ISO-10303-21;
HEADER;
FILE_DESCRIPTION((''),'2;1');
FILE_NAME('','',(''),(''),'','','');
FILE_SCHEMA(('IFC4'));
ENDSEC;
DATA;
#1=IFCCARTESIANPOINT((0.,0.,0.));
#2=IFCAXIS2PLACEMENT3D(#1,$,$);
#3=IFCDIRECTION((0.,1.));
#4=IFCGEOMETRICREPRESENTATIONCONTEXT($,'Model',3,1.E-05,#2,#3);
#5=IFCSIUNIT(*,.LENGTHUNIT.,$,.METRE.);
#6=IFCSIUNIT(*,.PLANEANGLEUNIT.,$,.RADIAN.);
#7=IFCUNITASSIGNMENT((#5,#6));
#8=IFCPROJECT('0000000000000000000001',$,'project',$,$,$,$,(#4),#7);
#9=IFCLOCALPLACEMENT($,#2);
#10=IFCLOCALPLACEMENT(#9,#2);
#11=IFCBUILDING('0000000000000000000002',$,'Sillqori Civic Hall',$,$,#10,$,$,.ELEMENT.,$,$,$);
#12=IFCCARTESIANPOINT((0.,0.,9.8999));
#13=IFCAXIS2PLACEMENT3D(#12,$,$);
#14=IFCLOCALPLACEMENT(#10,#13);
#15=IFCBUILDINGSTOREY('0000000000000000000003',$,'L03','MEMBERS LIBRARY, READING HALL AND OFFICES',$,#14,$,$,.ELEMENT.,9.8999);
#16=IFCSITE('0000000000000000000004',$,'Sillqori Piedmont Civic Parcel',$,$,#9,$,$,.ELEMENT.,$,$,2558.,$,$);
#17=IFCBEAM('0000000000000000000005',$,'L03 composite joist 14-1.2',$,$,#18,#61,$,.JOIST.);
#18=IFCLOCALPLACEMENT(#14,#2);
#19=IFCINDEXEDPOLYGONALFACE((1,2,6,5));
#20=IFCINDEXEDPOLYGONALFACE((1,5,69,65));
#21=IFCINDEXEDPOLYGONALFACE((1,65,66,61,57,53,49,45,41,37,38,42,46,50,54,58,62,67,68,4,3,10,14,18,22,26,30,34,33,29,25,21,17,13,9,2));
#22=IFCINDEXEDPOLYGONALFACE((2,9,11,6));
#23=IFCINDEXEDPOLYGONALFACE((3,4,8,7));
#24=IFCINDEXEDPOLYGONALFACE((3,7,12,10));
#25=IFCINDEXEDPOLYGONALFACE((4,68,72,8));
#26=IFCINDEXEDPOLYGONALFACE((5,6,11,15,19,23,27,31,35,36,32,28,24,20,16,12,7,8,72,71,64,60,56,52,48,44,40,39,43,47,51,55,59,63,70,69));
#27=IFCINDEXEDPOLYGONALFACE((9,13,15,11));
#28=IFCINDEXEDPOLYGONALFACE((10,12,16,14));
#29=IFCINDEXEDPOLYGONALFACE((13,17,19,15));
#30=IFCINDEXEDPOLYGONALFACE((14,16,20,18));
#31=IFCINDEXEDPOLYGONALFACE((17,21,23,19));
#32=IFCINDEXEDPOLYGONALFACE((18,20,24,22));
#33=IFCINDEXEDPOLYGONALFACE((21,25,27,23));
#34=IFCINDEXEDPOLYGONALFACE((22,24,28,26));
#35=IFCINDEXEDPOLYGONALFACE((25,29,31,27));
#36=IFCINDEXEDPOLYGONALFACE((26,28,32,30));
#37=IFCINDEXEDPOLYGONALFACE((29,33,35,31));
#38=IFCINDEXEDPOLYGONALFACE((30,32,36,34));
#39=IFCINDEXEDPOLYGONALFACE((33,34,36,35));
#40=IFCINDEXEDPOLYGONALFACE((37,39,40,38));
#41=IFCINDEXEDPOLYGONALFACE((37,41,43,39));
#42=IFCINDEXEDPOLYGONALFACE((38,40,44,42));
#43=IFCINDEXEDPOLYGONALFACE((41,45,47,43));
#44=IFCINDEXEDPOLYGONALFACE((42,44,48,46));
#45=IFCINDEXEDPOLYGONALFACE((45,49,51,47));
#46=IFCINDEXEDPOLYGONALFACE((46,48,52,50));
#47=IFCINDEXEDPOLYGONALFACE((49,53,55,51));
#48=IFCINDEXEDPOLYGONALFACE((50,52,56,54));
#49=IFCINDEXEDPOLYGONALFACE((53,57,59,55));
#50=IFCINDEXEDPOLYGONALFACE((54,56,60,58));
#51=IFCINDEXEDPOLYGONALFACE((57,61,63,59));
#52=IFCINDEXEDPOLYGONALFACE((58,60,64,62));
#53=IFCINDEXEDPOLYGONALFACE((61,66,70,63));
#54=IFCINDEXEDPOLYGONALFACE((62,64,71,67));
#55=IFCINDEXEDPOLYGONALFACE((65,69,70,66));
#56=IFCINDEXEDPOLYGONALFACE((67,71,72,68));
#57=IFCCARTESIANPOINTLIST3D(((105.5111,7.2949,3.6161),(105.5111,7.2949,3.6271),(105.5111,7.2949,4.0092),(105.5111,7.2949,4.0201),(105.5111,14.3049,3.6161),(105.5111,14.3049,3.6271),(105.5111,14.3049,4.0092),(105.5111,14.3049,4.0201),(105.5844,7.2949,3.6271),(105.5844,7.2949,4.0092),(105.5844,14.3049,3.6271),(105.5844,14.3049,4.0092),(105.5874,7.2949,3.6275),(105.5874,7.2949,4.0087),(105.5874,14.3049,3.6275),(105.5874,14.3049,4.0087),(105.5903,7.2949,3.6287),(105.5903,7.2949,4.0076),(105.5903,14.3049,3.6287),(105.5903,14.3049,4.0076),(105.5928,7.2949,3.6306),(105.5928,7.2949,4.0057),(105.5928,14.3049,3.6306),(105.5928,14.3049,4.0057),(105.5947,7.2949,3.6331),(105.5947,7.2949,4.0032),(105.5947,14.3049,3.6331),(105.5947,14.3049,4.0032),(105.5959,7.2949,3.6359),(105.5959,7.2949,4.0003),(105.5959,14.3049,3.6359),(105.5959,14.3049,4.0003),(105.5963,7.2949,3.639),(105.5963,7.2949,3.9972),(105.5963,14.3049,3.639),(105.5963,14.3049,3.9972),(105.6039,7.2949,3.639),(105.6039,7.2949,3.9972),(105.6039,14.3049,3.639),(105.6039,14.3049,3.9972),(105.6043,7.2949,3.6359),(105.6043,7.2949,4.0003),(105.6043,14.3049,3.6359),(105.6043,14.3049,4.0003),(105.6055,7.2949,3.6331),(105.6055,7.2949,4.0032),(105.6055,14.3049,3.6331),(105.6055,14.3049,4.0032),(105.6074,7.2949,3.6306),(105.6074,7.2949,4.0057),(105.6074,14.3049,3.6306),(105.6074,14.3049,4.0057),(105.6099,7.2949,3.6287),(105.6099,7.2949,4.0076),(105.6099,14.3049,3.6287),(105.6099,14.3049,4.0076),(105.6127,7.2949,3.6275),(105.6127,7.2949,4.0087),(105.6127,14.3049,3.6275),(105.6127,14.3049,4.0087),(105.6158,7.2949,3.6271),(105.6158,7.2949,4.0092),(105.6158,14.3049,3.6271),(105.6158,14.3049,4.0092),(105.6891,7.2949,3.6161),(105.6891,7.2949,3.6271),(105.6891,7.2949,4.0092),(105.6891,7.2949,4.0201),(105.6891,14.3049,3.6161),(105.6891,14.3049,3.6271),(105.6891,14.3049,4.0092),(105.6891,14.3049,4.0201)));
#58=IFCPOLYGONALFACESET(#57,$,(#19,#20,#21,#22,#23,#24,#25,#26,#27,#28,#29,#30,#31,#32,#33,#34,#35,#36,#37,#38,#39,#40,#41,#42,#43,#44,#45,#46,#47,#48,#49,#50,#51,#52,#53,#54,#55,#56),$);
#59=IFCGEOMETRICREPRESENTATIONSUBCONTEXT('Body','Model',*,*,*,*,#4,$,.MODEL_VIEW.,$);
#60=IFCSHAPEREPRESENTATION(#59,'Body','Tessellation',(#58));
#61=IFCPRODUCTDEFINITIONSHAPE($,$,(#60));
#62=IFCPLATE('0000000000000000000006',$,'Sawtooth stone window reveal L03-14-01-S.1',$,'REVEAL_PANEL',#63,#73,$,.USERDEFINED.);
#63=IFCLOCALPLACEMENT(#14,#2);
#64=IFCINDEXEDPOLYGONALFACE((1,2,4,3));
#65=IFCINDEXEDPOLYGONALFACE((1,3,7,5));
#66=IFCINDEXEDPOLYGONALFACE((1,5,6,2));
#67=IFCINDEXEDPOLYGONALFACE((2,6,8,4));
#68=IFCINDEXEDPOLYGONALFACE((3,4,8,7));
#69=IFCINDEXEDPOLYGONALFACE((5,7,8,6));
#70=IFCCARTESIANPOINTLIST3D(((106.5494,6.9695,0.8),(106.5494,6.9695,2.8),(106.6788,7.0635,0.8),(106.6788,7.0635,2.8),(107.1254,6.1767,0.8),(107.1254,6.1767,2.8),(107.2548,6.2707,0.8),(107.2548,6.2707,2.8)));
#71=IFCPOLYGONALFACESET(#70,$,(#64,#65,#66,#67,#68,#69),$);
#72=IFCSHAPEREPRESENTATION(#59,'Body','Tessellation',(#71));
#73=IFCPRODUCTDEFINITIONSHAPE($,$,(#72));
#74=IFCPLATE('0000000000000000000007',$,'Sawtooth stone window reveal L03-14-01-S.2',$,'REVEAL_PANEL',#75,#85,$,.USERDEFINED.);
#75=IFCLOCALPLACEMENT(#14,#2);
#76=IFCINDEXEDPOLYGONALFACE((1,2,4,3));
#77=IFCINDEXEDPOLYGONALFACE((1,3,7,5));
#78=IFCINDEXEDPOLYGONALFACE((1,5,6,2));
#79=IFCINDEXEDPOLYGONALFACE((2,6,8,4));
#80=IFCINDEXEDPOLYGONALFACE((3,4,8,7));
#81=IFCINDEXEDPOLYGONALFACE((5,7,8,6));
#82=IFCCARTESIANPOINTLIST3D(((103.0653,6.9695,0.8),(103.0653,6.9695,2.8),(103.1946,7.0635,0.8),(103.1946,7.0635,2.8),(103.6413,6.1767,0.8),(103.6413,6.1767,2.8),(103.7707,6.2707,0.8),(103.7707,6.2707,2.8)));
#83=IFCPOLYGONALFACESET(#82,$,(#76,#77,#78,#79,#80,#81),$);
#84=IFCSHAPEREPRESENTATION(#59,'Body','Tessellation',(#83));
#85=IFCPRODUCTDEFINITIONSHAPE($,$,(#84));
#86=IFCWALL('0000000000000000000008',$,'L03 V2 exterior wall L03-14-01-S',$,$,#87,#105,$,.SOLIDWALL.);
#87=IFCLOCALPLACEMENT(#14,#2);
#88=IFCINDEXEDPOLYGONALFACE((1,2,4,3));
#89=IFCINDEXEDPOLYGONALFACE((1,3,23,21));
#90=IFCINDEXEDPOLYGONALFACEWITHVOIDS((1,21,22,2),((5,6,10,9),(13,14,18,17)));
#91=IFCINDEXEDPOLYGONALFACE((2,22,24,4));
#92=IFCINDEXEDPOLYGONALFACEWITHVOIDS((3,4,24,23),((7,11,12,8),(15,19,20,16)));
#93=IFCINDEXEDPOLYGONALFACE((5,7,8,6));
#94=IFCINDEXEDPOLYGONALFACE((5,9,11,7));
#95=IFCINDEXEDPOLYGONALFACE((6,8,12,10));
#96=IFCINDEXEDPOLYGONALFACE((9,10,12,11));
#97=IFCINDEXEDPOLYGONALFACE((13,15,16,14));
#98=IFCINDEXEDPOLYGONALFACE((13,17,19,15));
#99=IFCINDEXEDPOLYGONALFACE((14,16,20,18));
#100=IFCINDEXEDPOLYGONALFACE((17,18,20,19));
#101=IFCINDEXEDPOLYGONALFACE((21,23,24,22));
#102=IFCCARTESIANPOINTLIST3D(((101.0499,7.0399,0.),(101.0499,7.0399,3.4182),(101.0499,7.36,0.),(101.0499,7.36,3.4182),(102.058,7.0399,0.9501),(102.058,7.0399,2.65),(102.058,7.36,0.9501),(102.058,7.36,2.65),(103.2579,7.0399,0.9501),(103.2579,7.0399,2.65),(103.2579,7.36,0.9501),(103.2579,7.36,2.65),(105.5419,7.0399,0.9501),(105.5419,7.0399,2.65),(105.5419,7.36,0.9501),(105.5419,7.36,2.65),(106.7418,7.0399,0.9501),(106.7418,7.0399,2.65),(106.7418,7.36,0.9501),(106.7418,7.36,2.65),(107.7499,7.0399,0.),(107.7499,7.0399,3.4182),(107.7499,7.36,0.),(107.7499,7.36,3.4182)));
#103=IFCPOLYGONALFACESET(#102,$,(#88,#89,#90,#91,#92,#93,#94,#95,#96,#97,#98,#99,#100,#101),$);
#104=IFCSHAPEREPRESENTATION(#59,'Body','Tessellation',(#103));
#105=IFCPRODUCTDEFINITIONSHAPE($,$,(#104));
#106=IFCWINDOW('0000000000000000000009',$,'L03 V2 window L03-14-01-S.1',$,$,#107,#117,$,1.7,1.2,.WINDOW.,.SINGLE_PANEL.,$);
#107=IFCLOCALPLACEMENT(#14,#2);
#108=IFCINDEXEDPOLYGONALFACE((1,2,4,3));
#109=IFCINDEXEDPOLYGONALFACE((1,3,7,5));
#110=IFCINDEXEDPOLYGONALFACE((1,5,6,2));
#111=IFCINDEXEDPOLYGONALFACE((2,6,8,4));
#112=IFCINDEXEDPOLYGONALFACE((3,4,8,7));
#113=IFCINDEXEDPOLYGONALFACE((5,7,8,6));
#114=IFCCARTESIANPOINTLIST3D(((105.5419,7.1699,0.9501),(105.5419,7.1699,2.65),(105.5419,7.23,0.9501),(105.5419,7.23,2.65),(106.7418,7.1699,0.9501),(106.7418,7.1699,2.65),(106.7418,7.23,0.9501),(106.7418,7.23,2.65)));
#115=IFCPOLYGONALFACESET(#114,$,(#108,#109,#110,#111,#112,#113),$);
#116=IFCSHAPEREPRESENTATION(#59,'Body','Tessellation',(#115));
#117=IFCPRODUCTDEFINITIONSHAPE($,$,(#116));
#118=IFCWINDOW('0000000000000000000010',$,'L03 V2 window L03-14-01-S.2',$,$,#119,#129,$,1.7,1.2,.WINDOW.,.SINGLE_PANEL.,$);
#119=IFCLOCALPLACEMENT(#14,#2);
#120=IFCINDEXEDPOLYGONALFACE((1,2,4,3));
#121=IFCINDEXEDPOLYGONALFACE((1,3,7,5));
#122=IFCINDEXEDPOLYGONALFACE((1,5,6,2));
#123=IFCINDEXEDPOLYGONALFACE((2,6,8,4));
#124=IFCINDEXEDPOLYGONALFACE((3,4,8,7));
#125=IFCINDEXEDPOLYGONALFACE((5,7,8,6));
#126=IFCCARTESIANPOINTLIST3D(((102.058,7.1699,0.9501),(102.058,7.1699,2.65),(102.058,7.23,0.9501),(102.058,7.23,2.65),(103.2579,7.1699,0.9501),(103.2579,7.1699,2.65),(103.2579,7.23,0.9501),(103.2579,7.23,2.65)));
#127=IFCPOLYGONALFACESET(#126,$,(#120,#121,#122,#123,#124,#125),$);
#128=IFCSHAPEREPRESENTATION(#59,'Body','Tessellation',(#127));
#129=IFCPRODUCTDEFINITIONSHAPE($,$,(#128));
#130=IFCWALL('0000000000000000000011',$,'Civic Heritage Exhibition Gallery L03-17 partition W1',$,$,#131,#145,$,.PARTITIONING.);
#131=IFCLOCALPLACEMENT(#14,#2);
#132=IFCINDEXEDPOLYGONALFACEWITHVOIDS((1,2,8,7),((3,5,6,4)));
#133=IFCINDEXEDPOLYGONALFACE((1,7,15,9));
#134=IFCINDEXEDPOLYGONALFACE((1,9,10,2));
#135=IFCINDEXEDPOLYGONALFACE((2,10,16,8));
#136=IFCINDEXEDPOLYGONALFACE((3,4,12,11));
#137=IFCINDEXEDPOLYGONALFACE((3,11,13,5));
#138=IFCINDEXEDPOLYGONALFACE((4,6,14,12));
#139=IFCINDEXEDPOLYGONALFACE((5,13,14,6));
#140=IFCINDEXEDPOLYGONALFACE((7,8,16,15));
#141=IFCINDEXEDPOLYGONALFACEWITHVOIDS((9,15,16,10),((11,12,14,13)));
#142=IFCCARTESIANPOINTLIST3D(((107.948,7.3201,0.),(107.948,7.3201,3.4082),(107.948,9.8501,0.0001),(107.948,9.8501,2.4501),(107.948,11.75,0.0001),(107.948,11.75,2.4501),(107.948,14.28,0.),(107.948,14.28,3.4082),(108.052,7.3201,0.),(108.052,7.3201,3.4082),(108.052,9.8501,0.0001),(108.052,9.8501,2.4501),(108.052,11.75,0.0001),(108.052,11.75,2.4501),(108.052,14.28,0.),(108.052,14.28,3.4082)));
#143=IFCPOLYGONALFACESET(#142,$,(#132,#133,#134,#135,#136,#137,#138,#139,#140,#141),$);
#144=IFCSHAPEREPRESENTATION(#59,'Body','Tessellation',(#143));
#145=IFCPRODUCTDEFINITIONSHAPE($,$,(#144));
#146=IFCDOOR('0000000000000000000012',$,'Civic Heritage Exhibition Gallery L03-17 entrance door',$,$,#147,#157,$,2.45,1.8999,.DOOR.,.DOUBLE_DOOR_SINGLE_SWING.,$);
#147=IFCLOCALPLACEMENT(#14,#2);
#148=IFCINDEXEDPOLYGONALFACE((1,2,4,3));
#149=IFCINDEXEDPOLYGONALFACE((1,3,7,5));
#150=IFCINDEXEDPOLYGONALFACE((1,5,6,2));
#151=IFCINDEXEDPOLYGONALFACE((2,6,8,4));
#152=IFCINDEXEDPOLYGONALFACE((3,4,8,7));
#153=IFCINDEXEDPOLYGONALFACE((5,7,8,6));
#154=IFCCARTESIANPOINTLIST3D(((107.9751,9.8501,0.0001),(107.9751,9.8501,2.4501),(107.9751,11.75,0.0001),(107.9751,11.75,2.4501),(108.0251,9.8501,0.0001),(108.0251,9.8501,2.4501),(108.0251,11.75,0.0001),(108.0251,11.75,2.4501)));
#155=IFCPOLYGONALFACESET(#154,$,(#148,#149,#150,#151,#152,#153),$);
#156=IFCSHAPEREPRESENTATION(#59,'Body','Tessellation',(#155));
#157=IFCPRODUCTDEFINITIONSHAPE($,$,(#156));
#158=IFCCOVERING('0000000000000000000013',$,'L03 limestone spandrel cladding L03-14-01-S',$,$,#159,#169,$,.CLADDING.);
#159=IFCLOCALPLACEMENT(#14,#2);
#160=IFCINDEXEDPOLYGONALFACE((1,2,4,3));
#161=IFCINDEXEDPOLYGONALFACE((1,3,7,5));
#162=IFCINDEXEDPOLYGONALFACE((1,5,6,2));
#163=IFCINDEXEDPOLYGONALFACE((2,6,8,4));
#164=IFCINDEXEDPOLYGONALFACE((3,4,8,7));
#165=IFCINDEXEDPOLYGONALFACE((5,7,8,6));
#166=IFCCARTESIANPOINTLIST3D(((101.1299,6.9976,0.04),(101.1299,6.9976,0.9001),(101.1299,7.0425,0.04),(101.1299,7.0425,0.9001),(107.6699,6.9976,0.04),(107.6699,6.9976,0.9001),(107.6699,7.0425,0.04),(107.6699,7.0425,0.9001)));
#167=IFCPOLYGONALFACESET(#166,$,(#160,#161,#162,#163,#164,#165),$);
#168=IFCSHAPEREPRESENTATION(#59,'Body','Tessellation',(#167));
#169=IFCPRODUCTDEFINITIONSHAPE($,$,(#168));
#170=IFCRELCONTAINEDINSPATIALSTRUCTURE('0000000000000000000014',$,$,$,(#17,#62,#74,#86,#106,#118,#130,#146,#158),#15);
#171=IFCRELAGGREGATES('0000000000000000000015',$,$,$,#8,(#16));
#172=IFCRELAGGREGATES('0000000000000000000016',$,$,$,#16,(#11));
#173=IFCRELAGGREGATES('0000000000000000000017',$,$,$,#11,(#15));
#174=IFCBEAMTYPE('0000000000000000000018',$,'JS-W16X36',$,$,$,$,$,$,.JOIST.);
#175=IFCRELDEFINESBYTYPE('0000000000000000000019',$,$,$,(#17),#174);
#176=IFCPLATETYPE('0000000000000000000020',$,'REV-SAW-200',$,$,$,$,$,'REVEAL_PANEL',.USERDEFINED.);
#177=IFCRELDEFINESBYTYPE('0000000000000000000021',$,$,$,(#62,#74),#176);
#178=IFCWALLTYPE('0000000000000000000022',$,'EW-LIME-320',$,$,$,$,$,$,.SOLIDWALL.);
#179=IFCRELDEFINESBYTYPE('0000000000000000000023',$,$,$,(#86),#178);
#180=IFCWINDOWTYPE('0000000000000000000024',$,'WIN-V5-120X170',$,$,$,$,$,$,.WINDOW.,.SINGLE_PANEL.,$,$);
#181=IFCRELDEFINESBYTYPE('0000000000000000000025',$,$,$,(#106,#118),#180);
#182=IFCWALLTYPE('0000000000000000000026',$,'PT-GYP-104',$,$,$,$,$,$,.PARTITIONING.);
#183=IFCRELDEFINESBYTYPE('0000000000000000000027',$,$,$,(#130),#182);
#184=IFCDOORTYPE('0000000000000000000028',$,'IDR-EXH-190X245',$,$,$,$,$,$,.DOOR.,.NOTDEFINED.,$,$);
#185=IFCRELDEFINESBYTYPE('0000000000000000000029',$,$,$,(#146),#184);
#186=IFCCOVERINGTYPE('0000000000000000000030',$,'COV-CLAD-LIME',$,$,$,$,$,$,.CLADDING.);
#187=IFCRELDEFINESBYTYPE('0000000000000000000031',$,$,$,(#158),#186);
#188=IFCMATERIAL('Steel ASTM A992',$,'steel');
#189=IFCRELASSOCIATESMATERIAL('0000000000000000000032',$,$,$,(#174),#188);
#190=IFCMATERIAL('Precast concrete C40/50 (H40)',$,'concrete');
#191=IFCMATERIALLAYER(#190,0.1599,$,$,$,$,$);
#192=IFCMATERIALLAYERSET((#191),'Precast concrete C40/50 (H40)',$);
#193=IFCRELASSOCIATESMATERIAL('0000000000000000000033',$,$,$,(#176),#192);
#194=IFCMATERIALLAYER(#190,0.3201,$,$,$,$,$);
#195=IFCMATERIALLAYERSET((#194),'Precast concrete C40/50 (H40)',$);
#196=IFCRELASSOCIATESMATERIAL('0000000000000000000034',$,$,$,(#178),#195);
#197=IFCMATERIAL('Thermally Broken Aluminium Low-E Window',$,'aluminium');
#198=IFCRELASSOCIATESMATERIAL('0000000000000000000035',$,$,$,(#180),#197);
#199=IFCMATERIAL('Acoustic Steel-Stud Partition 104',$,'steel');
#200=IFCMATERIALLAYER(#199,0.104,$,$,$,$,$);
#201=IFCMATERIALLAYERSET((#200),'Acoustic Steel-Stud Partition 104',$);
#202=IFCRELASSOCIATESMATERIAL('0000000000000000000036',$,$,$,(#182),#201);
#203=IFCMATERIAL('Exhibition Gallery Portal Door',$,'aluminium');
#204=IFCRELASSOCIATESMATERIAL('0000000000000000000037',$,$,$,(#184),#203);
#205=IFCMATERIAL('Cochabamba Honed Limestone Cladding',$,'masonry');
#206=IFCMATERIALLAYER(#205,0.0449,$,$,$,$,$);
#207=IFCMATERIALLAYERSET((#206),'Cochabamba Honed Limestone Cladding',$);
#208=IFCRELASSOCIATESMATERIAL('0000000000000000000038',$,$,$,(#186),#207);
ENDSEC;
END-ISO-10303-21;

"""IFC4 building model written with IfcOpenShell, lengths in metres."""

from ifc_helpers import new_model, si_unit, direction, frame, frame_2d, origin, origin_2d, place, context, subcontext, project, spatial, rectangle, i_section, extrude, material, layer, layer_set, material_profile, profile_set, type_object, element, fill, save


model = new_model("IFC4")

# Units and contexts
model_context = context("Model", 3, precision=1e-05, world=origin(), true_north=direction((0.0, 1.0)))
body_context = subcontext(model_context, "Body", "Model", "MODEL_VIEW")
ifc_project = project(units=[si_unit("LENGTHUNIT", "METRE"), si_unit("PLANEANGLEUNIT", "RADIAN")], contexts=[model_context])

# Site, building, storey
site_placement = place(None, origin())
site = spatial("IfcSite", under=ifc_project, at=site_placement, Name="Sillqori Piedmont Civic Parcel", CompositionType="ELEMENT", RefElevation=2558.0)
building_placement = place(site_placement, origin())
building = spatial("IfcBuilding", under=site, at=building_placement, Name="Sillqori Civic Hall", CompositionType="ELEMENT")
storey_placement = place(building_placement, frame((0.0, 0.0, 9.8999)))
storey = spatial("IfcBuildingStorey", under=building, at=storey_placement, Name="L03", Description="MEMBERS LIBRARY, READING HALL AND OFFICES", CompositionType="ELEMENT", Elevation=9.8999)

# Beam
ifc_material_1 = material(Name="Steel ASTM A992", Category="steel")
ifc_material_profile_1 = material_profile(ifc_material_1, i_section(OverallWidth=0.178, OverallDepth=0.4041, WebThickness=0.0076, FlangeThickness=0.011, FilletRadius=0.012, at=origin_2d()), Name="W16X36")
ifc_profile_set_1 = profile_set([ifc_material_profile_1], Name="Steel ASTM A992")
beam_type_1 = type_object("IfcBeamType", Name="JS-W16X36", PredefinedType="JOIST", material=ifc_profile_set_1)
for number, where, z_axis, x_axis, name in (
    (1, (105.6001, 7.2949, 3.8181), (0.0, 1.0, 0.0), (-1.0, 0.0, 0.0), "L03 composite joist 14-1.2"),
):
    element("IfcBeam", number, at=place(storey_placement, frame(where, z_axis=z_axis, x_axis=x_axis)), inside=storey, type_object=beam_type_1, Name=name, PredefinedType="JOIST", context=body_context, shape_type="SweptSolid", body=[
        extrude(i_section(OverallWidth=0.178, OverallDepth=0.4041, WebThickness=0.0076, FlangeThickness=0.011, FilletRadius=0.012, at=origin_2d()), origin(), (0.0, 0.0, 1.0), 7.01),
    ])

# Plates
ifc_material_2 = material(Name="Precast concrete C40/50 (H40)", Category="concrete")
ifc_layer_1 = layer(ifc_material_2, 0.1599)
ifc_layer_set_1 = layer_set([ifc_layer_1], Name="Precast concrete C40/50 (H40)")
plate_type = type_object("IfcPlateType", Name="REV-SAW-200", ElementType="REVEAL_PANEL", PredefinedType="USERDEFINED", material=ifc_layer_set_1)
for number, where, z_axis, x_axis, name in (
    (2, (106.9021, 6.6201, 0.8), (0.0, 0.0, 1.0), (-0.809017, -0.587785, 0.0), "Sawtooth stone window reveal L03-14-01-S.1"),
    (3, (103.418, 6.6201, 0.8), (0.0, 0.0, 1.0), (-0.809017, -0.587785, 0.0), "Sawtooth stone window reveal L03-14-01-S.2"),
):
    element("IfcPlate", number, at=place(storey_placement, frame(where, z_axis=z_axis, x_axis=x_axis)), inside=storey, type_object=plate_type, Name=name, ObjectType="REVEAL_PANEL", PredefinedType="USERDEFINED", context=body_context, shape_type="SweptSolid", body=[
        extrude(rectangle(XDim=0.1599, YDim=0.98, at=origin_2d()), origin(), (0.0, 0.0, 1.0), 2.0),
    ])

# Wall, openings, windows
ifc_layer_2 = layer(ifc_material_2, 0.3201)
ifc_layer_set_2 = layer_set([ifc_layer_2], Name="Precast concrete C40/50 (H40)")
wall_type_1 = type_object("IfcWallType", Name="EW-LIME-320", PredefinedType="SOLIDWALL", material=ifc_layer_set_2)
wall_1_placement = place(storey_placement, frame((107.75, 7.2, 0.0), z_axis=(0.0, 0.0, 1.0), x_axis=(-1.0, 0.0, 0.0)))
wall_1 = element("IfcWall", 4, at=wall_1_placement, inside=storey, type_object=wall_type_1, Name="L03 V2 exterior wall L03-14-01-S", PredefinedType="SOLIDWALL", context=body_context, shape_type="SweptSolid", body=[
    extrude(rectangle(XDim=6.7, YDim=0.3201, at=frame_2d((3.3501, 0.0))), origin(), (0.0, 0.0, 1.0), 3.4182),
])
opening_1_placement = place(wall_1_placement, frame((1.0081, 0.0, 0.95)))
opening_1 = element("IfcOpeningElement", 5, at=opening_1_placement, cuts=wall_1, PredefinedType="OPENING", context=body_context, shape_type="SweptSolid", body=[
    extrude(rectangle(XDim=1.2, YDim=1.7, at=frame_2d((0.6001, 0.8501))), frame((0.0, 0.1699, 0.0), z_axis=(0.0, -1.0, 0.0), x_axis=(1.0, 0.0, 0.0)), (0.0, 0.0, 1.0), 0.3401),
])
opening_2_placement = place(wall_1_placement, frame((4.4919, 0.0, 0.95)))
opening_2 = element("IfcOpeningElement", 6, at=opening_2_placement, cuts=wall_1, PredefinedType="OPENING", context=body_context, shape_type="SweptSolid", body=[
    extrude(rectangle(XDim=1.2, YDim=1.7, at=frame_2d((0.6001, 0.8501))), frame((0.0, 0.1699, 0.0), z_axis=(0.0, -1.0, 0.0), x_axis=(1.0, 0.0, 0.0)), (0.0, 0.0, 1.0), 0.3401),
])
ifc_material_3 = material(Name="Thermally Broken Aluminium Low-E Window", Category="aluminium")
window_type = type_object("IfcWindowType", Name="WIN-V5-120X170", PartitioningType="SINGLE_PANEL", PredefinedType="WINDOW", material=ifc_material_3)
window_1_placement = place(opening_1_placement, origin())
window_1 = element("IfcWindow", 7, at=window_1_placement, inside=storey, type_object=window_type, Name="L03 V2 window L03-14-01-S.1", OverallHeight=1.7, OverallWidth=1.2, PartitioningType="SINGLE_PANEL", PredefinedType="WINDOW", context=body_context, shape_type="SweptSolid", body=[
    extrude(rectangle(XDim=1.2, YDim=1.7, at=frame_2d((0.6001, 0.8501))), frame((0.0, 0.03, 0.0), z_axis=(0.0, -1.0, 0.0), x_axis=(1.0, 0.0, 0.0)), (0.0, 0.0, 1.0), 0.0601),
])
fill(opening_1, window_1)
window_2_placement = place(opening_2_placement, origin())
window_2 = element("IfcWindow", 8, at=window_2_placement, inside=storey, type_object=window_type, Name="L03 V2 window L03-14-01-S.2", OverallHeight=1.7, OverallWidth=1.2, PartitioningType="SINGLE_PANEL", PredefinedType="WINDOW", context=body_context, shape_type="SweptSolid", body=[
    extrude(rectangle(XDim=1.2, YDim=1.7, at=frame_2d((0.6001, 0.8501))), frame((0.0, 0.03, 0.0), z_axis=(0.0, -1.0, 0.0), x_axis=(1.0, 0.0, 0.0)), (0.0, 0.0, 1.0), 0.0601),
])
fill(opening_2, window_2)

# Wall, opening, door
ifc_material_4 = material(Name="Acoustic Steel-Stud Partition 104", Category="steel")
ifc_layer_3 = layer(ifc_material_4, 0.104)
ifc_layer_set_3 = layer_set([ifc_layer_3], Name="Acoustic Steel-Stud Partition 104")
wall_type_2 = type_object("IfcWallType", Name="PT-GYP-104", PredefinedType="PARTITIONING", material=ifc_layer_set_3)
wall_2_placement = place(storey_placement, frame((108.0, 7.3201, 0.0), z_axis=(0.0, 0.0, 1.0), x_axis=(0.0, 1.0, 0.0)))
wall_2 = element("IfcWall", 9, at=wall_2_placement, inside=storey, type_object=wall_type_2, Name="Civic Heritage Exhibition Gallery L03-17 partition W1", PredefinedType="PARTITIONING", context=body_context, shape_type="SweptSolid", body=[
    extrude(rectangle(XDim=6.96, YDim=0.104, at=frame_2d((3.48, 0.0))), origin(), (0.0, 0.0, 1.0), 3.4082),
])
opening_3_placement = place(wall_2_placement, frame((2.53, 0.0, 0.0)))
opening_3 = element("IfcOpeningElement", 10, at=opening_3_placement, cuts=wall_2, PredefinedType="OPENING", context=body_context, shape_type="SweptSolid", body=[
    extrude(rectangle(XDim=1.8999, YDim=2.45, at=frame_2d((0.95, 1.2251))), frame((0.0, 0.062, 0.0), z_axis=(0.0, -1.0, 0.0), x_axis=(1.0, 0.0, 0.0)), (0.0, 0.0, 1.0), 0.124),
])
ifc_material_5 = material(Name="Exhibition Gallery Portal Door", Category="aluminium")
door_type = type_object("IfcDoorType", Name="IDR-EXH-190X245", OperationType="NOTDEFINED", PredefinedType="DOOR", material=ifc_material_5)
door_placement = place(opening_3_placement, origin())
door = element("IfcDoor", 11, at=door_placement, inside=storey, type_object=door_type, Name="Civic Heritage Exhibition Gallery L03-17 entrance door", OperationType="DOUBLE_DOOR_SINGLE_SWING", OverallHeight=2.45, OverallWidth=1.8999, PredefinedType="DOOR", context=body_context, shape_type="SweptSolid", body=[
    extrude(rectangle(XDim=1.8999, YDim=2.45, at=frame_2d((0.95, 1.2251))), frame((0.0, 0.0249, 0.0), z_axis=(0.0, -1.0, 0.0), x_axis=(1.0, 0.0, 0.0)), (0.0, 0.0, 1.0), 0.05),
])
fill(opening_3, door)

# Covering
ifc_material_6 = material(Name="Cochabamba Honed Limestone Cladding", Category="masonry")
ifc_layer_4 = layer(ifc_material_6, 0.0449)
ifc_layer_set_4 = layer_set([ifc_layer_4], Name="Cochabamba Honed Limestone Cladding")
covering_type = type_object("IfcCoveringType", Name="COV-CLAD-LIME", PredefinedType="CLADDING", material=ifc_layer_set_4)
covering_1_placement = place(storey_placement, frame((107.6699, 7.02, 0.04), z_axis=(0.0, 0.0, 1.0), x_axis=(-1.0, 0.0, 0.0)))
element("IfcCovering", 12, at=covering_1_placement, inside=storey, type_object=covering_type, Name="L03 limestone spandrel cladding L03-14-01-S", PredefinedType="CLADDING", context=body_context, shape_type="SweptSolid", body=[
    extrude(rectangle(XDim=6.54, YDim=0.0449, at=frame_2d((3.27, 0.0))), origin(), (0.0, 0.0, 1.0), 0.8601),
])

save(model, "model.ifc")
